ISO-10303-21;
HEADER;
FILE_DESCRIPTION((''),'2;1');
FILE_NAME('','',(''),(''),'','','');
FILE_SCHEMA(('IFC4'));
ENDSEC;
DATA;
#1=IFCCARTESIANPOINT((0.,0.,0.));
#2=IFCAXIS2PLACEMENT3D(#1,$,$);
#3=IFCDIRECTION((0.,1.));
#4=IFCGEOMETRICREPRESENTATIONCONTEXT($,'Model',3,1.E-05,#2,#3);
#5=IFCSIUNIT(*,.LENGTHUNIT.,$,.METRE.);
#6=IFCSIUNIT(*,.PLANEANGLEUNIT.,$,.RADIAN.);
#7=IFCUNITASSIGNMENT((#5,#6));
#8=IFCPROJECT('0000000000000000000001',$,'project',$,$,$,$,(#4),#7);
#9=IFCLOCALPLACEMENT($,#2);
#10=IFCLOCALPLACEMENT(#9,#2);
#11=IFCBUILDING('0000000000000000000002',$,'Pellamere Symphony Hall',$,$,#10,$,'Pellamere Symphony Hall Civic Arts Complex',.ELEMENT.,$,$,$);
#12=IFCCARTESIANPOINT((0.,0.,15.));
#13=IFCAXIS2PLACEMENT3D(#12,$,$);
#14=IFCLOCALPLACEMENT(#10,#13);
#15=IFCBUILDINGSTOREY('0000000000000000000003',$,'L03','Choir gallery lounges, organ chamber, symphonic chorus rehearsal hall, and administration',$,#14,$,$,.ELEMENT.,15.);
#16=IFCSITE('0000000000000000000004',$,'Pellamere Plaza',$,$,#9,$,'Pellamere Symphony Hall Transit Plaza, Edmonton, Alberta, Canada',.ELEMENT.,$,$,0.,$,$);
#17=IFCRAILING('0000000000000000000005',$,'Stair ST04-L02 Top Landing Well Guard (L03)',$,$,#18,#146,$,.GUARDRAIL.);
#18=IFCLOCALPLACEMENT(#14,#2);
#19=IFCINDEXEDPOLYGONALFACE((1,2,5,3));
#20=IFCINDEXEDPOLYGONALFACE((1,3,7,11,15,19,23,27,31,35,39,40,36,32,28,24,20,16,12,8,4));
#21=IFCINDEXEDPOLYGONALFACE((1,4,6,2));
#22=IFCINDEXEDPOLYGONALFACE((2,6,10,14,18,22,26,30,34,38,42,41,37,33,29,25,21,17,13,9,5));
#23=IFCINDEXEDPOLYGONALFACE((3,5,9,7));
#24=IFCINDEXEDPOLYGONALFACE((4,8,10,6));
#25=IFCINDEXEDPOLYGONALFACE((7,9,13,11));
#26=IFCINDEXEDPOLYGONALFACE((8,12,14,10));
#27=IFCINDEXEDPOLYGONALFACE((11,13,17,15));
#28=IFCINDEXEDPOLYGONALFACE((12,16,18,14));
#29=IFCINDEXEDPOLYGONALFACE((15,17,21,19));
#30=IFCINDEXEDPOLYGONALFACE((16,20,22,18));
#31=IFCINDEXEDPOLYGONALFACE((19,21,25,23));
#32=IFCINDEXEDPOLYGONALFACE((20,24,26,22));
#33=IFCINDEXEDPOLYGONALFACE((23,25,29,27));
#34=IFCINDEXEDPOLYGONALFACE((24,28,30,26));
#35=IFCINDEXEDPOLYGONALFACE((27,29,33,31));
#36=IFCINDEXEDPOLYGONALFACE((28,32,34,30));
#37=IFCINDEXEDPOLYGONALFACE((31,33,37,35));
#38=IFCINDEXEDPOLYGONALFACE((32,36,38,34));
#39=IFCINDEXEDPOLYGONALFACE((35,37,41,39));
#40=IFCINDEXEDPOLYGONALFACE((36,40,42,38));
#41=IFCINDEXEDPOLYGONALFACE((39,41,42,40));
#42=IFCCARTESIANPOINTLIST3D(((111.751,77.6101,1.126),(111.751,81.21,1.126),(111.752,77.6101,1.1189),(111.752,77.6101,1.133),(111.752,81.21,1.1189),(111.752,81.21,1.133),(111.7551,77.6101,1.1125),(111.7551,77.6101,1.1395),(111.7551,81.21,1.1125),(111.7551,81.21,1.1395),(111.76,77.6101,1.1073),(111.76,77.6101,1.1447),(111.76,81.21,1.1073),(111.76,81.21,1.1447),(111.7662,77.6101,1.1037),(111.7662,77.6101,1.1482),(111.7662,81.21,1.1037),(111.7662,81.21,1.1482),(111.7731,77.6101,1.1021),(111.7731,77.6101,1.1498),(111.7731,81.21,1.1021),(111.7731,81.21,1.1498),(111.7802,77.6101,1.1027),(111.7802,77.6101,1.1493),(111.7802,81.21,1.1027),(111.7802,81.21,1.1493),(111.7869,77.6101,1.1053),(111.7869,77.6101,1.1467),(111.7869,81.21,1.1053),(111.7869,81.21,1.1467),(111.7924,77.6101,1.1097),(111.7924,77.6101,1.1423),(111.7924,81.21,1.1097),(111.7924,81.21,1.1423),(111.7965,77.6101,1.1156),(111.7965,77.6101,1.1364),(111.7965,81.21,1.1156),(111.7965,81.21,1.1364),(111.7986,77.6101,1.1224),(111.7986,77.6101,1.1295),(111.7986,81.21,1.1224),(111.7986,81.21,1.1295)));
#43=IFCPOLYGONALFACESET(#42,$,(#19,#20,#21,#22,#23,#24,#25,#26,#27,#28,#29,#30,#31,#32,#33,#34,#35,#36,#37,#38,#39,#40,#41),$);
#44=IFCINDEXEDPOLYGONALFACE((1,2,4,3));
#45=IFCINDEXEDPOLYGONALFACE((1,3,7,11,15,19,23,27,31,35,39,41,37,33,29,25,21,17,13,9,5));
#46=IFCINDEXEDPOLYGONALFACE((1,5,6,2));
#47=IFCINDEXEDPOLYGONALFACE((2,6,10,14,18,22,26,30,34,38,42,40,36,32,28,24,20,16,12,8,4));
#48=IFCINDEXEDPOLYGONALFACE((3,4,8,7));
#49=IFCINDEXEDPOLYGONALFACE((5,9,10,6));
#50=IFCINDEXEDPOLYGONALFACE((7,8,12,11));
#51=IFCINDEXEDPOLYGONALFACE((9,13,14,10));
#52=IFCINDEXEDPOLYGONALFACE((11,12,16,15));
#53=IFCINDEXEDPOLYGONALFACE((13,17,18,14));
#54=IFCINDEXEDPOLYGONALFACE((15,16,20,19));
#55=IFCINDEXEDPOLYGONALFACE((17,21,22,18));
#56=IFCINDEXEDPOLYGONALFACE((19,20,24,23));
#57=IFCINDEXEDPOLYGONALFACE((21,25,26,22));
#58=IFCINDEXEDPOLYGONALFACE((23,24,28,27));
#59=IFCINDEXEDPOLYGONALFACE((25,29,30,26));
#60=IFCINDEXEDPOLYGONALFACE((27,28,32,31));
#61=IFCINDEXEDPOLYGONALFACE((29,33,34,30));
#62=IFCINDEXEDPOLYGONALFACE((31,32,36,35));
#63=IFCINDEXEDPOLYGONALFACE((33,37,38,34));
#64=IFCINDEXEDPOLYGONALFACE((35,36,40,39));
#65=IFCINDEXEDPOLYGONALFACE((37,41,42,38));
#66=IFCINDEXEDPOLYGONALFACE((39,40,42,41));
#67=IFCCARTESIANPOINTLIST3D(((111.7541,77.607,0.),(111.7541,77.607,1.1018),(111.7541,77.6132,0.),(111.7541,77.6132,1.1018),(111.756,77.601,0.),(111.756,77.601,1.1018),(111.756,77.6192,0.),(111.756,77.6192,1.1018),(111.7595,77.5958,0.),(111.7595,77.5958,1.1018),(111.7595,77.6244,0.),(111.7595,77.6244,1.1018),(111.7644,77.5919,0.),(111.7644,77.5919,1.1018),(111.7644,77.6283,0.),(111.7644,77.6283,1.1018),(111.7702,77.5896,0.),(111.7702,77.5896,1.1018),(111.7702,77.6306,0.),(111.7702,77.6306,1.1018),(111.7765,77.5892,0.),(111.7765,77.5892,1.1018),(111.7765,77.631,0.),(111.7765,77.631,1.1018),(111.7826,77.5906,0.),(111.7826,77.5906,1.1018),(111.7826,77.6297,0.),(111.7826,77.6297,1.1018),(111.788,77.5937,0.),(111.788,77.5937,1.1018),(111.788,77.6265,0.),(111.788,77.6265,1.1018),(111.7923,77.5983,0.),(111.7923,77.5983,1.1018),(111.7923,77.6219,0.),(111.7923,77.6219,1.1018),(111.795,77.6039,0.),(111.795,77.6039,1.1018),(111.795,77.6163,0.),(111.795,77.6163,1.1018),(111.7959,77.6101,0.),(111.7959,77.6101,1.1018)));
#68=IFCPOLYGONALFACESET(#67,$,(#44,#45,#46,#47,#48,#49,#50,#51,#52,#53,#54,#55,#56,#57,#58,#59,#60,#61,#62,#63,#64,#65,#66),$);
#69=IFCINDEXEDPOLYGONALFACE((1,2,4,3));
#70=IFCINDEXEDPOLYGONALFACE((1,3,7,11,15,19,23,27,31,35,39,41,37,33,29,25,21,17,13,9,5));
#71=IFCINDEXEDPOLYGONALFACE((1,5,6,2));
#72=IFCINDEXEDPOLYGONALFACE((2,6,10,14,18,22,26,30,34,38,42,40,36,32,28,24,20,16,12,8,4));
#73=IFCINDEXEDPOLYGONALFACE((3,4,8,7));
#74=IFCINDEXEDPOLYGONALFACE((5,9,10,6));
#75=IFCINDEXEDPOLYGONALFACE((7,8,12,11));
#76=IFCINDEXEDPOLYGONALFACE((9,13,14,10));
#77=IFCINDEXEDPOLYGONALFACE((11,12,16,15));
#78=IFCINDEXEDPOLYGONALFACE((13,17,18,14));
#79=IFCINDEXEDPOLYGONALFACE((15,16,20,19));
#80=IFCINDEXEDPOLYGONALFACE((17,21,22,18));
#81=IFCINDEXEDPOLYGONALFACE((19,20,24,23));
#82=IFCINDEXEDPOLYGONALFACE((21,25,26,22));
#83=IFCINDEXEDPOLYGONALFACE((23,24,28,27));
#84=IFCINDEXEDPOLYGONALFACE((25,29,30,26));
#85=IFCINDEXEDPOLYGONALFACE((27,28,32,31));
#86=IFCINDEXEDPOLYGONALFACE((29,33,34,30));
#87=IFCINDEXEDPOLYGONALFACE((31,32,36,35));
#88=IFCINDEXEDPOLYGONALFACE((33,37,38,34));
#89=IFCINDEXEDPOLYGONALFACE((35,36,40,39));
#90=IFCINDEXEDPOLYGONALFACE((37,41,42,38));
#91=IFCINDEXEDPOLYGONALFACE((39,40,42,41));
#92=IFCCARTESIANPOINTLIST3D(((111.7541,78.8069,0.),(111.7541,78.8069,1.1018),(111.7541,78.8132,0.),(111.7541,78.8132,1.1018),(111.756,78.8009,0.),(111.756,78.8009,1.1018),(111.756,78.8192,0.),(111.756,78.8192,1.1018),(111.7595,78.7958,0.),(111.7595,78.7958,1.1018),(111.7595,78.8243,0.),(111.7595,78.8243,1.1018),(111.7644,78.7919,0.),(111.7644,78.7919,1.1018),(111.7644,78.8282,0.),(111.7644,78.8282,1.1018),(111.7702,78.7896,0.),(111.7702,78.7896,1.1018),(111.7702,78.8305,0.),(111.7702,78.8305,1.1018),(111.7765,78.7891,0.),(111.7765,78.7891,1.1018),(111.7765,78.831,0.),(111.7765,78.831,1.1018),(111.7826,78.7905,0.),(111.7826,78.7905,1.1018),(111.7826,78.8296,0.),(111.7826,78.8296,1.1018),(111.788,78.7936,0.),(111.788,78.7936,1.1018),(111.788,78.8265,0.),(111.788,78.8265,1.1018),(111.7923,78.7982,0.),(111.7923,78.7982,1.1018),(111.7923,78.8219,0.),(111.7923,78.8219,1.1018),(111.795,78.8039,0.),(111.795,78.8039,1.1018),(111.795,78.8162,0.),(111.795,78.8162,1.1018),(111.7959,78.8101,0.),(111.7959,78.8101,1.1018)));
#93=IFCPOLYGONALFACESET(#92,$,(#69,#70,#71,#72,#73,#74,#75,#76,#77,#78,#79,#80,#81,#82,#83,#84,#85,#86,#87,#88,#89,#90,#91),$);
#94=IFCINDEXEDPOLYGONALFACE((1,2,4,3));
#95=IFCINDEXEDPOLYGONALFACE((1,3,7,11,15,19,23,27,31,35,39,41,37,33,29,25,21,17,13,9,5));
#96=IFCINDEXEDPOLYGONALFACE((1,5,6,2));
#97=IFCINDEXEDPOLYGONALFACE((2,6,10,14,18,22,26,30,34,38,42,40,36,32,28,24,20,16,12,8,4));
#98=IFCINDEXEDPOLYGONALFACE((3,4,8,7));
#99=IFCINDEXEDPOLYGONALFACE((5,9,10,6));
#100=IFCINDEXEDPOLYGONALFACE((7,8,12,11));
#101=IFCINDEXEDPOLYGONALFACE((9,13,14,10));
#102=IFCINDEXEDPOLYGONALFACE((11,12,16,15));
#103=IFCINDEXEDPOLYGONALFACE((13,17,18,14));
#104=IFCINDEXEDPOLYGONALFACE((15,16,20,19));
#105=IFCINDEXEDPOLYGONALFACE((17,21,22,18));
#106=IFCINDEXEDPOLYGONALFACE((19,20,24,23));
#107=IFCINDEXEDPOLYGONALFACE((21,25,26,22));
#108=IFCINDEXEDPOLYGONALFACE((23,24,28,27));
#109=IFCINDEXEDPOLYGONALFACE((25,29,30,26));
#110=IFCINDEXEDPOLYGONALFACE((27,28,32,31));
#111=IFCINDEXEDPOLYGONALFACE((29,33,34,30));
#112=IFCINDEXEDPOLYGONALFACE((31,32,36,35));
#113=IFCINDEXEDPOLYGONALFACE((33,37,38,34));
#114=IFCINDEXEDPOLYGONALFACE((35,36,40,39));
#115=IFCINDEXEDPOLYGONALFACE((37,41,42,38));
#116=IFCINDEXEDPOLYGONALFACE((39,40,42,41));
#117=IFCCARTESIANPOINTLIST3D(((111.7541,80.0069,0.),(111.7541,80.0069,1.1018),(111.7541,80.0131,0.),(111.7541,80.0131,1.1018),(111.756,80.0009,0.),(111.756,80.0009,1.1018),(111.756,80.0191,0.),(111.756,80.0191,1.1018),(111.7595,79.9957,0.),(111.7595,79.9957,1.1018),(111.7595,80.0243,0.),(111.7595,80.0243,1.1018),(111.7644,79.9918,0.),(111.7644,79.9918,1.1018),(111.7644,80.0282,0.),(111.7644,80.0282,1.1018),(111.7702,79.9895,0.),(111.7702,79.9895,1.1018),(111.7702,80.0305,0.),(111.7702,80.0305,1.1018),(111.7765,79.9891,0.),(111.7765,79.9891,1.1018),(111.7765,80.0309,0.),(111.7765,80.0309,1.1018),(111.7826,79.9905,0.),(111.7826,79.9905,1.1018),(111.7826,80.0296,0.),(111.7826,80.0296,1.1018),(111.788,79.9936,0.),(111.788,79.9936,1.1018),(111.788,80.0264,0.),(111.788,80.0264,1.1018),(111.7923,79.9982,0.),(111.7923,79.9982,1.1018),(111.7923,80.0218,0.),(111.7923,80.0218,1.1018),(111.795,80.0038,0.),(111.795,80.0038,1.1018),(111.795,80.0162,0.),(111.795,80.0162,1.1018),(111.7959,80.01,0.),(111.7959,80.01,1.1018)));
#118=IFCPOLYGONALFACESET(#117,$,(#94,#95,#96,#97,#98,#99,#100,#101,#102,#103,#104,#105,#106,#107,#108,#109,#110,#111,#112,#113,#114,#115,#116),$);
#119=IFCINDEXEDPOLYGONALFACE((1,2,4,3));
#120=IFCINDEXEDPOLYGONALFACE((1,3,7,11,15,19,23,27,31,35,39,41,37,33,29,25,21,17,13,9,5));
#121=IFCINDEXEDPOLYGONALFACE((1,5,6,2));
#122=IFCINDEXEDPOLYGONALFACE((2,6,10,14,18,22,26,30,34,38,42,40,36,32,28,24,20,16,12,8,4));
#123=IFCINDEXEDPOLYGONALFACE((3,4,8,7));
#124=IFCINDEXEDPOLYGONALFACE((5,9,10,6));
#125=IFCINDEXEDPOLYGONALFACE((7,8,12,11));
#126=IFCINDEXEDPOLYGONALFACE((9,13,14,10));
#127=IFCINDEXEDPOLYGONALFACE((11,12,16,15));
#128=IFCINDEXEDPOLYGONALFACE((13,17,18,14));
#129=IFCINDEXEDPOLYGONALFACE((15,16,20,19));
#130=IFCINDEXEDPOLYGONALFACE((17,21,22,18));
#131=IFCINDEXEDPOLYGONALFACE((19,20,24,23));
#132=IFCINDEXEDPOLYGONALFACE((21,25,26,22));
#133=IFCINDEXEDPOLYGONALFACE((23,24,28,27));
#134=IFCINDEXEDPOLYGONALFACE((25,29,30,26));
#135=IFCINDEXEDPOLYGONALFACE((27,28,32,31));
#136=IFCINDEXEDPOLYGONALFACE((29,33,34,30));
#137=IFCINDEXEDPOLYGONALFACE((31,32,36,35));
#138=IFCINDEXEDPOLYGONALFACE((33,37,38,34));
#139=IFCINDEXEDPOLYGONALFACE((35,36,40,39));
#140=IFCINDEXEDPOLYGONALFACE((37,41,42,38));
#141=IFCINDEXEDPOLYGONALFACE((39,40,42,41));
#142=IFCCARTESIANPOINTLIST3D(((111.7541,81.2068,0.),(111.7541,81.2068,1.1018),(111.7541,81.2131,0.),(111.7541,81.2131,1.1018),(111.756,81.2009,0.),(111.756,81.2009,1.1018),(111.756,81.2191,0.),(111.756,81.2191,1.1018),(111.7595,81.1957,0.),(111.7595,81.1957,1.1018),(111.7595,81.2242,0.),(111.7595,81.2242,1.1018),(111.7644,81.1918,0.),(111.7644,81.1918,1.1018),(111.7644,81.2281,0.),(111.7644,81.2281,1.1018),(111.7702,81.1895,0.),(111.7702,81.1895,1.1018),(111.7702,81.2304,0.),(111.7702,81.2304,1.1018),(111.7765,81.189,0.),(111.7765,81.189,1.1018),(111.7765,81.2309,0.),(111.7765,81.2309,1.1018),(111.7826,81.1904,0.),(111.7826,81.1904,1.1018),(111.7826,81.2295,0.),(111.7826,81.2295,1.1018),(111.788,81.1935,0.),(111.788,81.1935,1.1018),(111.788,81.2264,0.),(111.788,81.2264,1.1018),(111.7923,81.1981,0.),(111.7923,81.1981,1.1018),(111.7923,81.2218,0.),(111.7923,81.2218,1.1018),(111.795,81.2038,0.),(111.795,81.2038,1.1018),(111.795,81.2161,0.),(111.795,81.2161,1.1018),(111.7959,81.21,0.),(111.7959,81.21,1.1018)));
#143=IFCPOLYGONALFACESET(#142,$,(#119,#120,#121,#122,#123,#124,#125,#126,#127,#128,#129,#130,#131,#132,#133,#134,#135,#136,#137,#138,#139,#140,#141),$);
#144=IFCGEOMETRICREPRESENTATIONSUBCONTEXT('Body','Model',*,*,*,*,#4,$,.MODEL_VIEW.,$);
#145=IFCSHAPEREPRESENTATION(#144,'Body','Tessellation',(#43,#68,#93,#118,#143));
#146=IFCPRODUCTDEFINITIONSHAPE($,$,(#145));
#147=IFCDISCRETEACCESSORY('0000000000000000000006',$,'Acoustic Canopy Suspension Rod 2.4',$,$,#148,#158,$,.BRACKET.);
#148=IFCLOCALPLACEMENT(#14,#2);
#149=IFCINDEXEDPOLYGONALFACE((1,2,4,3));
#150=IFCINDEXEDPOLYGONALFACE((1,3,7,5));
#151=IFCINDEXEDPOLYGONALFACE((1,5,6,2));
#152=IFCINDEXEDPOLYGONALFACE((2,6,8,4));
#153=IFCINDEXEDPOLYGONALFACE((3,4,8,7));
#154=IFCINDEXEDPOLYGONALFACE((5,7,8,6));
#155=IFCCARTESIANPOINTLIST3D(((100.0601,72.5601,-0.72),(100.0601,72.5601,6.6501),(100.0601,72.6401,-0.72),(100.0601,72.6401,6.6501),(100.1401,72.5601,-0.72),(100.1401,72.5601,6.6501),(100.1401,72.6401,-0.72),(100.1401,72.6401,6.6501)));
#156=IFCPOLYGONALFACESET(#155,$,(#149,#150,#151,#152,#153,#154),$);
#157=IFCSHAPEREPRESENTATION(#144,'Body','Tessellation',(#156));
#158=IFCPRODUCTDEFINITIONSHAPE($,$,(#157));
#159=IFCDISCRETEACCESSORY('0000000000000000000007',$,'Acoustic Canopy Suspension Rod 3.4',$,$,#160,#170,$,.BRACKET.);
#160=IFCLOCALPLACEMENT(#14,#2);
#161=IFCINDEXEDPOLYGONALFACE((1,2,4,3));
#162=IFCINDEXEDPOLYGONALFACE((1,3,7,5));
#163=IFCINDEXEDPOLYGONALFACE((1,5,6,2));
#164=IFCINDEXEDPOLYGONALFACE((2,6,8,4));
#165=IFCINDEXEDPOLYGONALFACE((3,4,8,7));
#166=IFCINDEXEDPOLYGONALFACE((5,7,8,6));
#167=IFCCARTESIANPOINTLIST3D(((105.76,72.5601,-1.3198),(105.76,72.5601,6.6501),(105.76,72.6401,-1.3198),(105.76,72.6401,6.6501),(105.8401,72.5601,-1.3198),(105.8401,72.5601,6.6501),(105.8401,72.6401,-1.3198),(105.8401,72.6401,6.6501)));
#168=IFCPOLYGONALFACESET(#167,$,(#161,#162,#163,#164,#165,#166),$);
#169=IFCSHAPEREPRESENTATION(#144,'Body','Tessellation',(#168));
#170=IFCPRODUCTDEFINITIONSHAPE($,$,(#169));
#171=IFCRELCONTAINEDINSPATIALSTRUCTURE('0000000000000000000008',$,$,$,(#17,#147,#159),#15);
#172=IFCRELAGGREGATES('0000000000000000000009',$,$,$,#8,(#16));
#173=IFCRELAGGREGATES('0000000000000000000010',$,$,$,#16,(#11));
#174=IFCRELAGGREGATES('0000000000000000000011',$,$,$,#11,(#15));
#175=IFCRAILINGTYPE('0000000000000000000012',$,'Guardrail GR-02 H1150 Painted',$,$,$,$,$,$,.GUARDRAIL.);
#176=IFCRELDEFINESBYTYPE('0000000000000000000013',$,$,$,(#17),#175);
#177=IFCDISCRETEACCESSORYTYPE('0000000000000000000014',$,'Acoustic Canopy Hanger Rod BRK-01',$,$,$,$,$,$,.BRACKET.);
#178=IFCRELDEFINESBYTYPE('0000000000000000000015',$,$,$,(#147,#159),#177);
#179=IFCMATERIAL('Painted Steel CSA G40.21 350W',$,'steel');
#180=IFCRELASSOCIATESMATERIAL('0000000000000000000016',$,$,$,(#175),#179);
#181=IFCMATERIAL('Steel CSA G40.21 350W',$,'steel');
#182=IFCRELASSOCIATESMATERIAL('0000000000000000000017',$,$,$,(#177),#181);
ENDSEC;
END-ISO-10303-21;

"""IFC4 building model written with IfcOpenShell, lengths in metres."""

from ifc_helpers import new_model, si_unit, direction, frame, origin, origin_2d, place, context, subcontext, project, spatial, rectangle, circle, extrude, material, type_object, element, save


model = new_model("IFC4")

# Units and contexts
model_context = context("Model", 3, precision=1e-05, world=origin(), true_north=direction((0.0, 1.0)))
body_context = subcontext(model_context, "Body", "Model", "MODEL_VIEW")
ifc_project = project(units=[si_unit("LENGTHUNIT", "METRE"), si_unit("PLANEANGLEUNIT", "RADIAN")], contexts=[model_context])

# Site, building, storey
site_placement = place(None, origin())
site = spatial("IfcSite", under=ifc_project, at=site_placement, Name="Pellamere Plaza", LongName="Pellamere Symphony Hall Transit Plaza, Edmonton, Alberta, Canada", CompositionType="ELEMENT", RefElevation=0.0)
building_placement = place(site_placement, origin())
building = spatial("IfcBuilding", under=site, at=building_placement, Name="Pellamere Symphony Hall", LongName="Pellamere Symphony Hall Civic Arts Complex", CompositionType="ELEMENT")
storey_placement = place(building_placement, frame((0.0, 0.0, 15.0)))
storey = spatial("IfcBuildingStorey", under=building, at=storey_placement, Name="L03", Description="Choir gallery lounges, organ chamber, symphonic chorus rehearsal hall, and administration", CompositionType="ELEMENT", Elevation=15.0)

# Shared definitions
ifc_material_1 = material(Name="Steel CSA G40.21 350W", Category="steel")

# Railing
ifc_material_2 = material(Name="Painted Steel CSA G40.21 350W", Category="steel")
railing_type = type_object("IfcRailingType", Name="Guardrail GR-02 H1150 Painted", PredefinedType="GUARDRAIL", material=ifc_material_2)
railing_placement = place(storey_placement, frame((111.7749, 77.6101, 0.0)))
element("IfcRailing", 1, at=railing_placement, inside=storey, type_object=railing_type, Name="Stair ST04-L02 Top Landing Well Guard (L03)", PredefinedType="GUARDRAIL", context=body_context, shape_type="SweptSolid", body=[
    extrude(circle(Radius=0.0239, at=origin_2d()), frame((0.0, 0.0, 1.126), z_axis=(0.0, 1.0, 0.0), x_axis=(-1.0, 0.0, 0.0)), (0.0, 0.0, 1.0), 3.5999),
    extrude(circle(Radius=0.021, at=origin_2d()), origin(), (0.0, 0.0, 1.0), 1.1018),
    extrude(circle(Radius=0.021, at=origin_2d()), frame((0.0, 1.2, 0.0)), (0.0, 0.0, 1.0), 1.1018),
    extrude(circle(Radius=0.021, at=origin_2d()), frame((0.0, 2.3999, 0.0)), (0.0, 0.0, 1.0), 1.1018),
    extrude(circle(Radius=0.021, at=origin_2d()), frame((0.0, 3.5999, 0.0)), (0.0, 0.0, 1.0), 1.1018),
])

# Discrete accessories
discrete_accessory_type = type_object("IfcDiscreteAccessoryType", Name="Acoustic Canopy Hanger Rod BRK-01", PredefinedType="BRACKET", material=ifc_material_1)
discrete_accessory_1_placement = place(storey_placement, frame((100.1001, 72.6001, -0.72), z_axis=(0.0, 0.0, 1.0), x_axis=(1.0, 0.0, 0.0)))
element("IfcDiscreteAccessory", 2, at=discrete_accessory_1_placement, inside=storey, type_object=discrete_accessory_type, Name="Acoustic Canopy Suspension Rod 2.4", PredefinedType="BRACKET", context=body_context, shape_type="SweptSolid", body=[
    extrude(rectangle(XDim=0.0801, YDim=0.0801, at=origin_2d()), origin(), (0.0, 0.0, 1.0), 7.3701),
])
discrete_accessory_2_placement = place(storey_placement, frame((105.8, 72.6001, -1.3198), z_axis=(0.0, 0.0, 1.0), x_axis=(1.0, 0.0, 0.0)))
element("IfcDiscreteAccessory", 3, at=discrete_accessory_2_placement, inside=storey, type_object=discrete_accessory_type, Name="Acoustic Canopy Suspension Rod 3.4", PredefinedType="BRACKET", context=body_context, shape_type="SweptSolid", body=[
    extrude(rectangle(XDim=0.0801, YDim=0.0801, at=origin_2d()), origin(), (0.0, 0.0, 1.0), 7.97),
])

save(model, "model.ifc")
